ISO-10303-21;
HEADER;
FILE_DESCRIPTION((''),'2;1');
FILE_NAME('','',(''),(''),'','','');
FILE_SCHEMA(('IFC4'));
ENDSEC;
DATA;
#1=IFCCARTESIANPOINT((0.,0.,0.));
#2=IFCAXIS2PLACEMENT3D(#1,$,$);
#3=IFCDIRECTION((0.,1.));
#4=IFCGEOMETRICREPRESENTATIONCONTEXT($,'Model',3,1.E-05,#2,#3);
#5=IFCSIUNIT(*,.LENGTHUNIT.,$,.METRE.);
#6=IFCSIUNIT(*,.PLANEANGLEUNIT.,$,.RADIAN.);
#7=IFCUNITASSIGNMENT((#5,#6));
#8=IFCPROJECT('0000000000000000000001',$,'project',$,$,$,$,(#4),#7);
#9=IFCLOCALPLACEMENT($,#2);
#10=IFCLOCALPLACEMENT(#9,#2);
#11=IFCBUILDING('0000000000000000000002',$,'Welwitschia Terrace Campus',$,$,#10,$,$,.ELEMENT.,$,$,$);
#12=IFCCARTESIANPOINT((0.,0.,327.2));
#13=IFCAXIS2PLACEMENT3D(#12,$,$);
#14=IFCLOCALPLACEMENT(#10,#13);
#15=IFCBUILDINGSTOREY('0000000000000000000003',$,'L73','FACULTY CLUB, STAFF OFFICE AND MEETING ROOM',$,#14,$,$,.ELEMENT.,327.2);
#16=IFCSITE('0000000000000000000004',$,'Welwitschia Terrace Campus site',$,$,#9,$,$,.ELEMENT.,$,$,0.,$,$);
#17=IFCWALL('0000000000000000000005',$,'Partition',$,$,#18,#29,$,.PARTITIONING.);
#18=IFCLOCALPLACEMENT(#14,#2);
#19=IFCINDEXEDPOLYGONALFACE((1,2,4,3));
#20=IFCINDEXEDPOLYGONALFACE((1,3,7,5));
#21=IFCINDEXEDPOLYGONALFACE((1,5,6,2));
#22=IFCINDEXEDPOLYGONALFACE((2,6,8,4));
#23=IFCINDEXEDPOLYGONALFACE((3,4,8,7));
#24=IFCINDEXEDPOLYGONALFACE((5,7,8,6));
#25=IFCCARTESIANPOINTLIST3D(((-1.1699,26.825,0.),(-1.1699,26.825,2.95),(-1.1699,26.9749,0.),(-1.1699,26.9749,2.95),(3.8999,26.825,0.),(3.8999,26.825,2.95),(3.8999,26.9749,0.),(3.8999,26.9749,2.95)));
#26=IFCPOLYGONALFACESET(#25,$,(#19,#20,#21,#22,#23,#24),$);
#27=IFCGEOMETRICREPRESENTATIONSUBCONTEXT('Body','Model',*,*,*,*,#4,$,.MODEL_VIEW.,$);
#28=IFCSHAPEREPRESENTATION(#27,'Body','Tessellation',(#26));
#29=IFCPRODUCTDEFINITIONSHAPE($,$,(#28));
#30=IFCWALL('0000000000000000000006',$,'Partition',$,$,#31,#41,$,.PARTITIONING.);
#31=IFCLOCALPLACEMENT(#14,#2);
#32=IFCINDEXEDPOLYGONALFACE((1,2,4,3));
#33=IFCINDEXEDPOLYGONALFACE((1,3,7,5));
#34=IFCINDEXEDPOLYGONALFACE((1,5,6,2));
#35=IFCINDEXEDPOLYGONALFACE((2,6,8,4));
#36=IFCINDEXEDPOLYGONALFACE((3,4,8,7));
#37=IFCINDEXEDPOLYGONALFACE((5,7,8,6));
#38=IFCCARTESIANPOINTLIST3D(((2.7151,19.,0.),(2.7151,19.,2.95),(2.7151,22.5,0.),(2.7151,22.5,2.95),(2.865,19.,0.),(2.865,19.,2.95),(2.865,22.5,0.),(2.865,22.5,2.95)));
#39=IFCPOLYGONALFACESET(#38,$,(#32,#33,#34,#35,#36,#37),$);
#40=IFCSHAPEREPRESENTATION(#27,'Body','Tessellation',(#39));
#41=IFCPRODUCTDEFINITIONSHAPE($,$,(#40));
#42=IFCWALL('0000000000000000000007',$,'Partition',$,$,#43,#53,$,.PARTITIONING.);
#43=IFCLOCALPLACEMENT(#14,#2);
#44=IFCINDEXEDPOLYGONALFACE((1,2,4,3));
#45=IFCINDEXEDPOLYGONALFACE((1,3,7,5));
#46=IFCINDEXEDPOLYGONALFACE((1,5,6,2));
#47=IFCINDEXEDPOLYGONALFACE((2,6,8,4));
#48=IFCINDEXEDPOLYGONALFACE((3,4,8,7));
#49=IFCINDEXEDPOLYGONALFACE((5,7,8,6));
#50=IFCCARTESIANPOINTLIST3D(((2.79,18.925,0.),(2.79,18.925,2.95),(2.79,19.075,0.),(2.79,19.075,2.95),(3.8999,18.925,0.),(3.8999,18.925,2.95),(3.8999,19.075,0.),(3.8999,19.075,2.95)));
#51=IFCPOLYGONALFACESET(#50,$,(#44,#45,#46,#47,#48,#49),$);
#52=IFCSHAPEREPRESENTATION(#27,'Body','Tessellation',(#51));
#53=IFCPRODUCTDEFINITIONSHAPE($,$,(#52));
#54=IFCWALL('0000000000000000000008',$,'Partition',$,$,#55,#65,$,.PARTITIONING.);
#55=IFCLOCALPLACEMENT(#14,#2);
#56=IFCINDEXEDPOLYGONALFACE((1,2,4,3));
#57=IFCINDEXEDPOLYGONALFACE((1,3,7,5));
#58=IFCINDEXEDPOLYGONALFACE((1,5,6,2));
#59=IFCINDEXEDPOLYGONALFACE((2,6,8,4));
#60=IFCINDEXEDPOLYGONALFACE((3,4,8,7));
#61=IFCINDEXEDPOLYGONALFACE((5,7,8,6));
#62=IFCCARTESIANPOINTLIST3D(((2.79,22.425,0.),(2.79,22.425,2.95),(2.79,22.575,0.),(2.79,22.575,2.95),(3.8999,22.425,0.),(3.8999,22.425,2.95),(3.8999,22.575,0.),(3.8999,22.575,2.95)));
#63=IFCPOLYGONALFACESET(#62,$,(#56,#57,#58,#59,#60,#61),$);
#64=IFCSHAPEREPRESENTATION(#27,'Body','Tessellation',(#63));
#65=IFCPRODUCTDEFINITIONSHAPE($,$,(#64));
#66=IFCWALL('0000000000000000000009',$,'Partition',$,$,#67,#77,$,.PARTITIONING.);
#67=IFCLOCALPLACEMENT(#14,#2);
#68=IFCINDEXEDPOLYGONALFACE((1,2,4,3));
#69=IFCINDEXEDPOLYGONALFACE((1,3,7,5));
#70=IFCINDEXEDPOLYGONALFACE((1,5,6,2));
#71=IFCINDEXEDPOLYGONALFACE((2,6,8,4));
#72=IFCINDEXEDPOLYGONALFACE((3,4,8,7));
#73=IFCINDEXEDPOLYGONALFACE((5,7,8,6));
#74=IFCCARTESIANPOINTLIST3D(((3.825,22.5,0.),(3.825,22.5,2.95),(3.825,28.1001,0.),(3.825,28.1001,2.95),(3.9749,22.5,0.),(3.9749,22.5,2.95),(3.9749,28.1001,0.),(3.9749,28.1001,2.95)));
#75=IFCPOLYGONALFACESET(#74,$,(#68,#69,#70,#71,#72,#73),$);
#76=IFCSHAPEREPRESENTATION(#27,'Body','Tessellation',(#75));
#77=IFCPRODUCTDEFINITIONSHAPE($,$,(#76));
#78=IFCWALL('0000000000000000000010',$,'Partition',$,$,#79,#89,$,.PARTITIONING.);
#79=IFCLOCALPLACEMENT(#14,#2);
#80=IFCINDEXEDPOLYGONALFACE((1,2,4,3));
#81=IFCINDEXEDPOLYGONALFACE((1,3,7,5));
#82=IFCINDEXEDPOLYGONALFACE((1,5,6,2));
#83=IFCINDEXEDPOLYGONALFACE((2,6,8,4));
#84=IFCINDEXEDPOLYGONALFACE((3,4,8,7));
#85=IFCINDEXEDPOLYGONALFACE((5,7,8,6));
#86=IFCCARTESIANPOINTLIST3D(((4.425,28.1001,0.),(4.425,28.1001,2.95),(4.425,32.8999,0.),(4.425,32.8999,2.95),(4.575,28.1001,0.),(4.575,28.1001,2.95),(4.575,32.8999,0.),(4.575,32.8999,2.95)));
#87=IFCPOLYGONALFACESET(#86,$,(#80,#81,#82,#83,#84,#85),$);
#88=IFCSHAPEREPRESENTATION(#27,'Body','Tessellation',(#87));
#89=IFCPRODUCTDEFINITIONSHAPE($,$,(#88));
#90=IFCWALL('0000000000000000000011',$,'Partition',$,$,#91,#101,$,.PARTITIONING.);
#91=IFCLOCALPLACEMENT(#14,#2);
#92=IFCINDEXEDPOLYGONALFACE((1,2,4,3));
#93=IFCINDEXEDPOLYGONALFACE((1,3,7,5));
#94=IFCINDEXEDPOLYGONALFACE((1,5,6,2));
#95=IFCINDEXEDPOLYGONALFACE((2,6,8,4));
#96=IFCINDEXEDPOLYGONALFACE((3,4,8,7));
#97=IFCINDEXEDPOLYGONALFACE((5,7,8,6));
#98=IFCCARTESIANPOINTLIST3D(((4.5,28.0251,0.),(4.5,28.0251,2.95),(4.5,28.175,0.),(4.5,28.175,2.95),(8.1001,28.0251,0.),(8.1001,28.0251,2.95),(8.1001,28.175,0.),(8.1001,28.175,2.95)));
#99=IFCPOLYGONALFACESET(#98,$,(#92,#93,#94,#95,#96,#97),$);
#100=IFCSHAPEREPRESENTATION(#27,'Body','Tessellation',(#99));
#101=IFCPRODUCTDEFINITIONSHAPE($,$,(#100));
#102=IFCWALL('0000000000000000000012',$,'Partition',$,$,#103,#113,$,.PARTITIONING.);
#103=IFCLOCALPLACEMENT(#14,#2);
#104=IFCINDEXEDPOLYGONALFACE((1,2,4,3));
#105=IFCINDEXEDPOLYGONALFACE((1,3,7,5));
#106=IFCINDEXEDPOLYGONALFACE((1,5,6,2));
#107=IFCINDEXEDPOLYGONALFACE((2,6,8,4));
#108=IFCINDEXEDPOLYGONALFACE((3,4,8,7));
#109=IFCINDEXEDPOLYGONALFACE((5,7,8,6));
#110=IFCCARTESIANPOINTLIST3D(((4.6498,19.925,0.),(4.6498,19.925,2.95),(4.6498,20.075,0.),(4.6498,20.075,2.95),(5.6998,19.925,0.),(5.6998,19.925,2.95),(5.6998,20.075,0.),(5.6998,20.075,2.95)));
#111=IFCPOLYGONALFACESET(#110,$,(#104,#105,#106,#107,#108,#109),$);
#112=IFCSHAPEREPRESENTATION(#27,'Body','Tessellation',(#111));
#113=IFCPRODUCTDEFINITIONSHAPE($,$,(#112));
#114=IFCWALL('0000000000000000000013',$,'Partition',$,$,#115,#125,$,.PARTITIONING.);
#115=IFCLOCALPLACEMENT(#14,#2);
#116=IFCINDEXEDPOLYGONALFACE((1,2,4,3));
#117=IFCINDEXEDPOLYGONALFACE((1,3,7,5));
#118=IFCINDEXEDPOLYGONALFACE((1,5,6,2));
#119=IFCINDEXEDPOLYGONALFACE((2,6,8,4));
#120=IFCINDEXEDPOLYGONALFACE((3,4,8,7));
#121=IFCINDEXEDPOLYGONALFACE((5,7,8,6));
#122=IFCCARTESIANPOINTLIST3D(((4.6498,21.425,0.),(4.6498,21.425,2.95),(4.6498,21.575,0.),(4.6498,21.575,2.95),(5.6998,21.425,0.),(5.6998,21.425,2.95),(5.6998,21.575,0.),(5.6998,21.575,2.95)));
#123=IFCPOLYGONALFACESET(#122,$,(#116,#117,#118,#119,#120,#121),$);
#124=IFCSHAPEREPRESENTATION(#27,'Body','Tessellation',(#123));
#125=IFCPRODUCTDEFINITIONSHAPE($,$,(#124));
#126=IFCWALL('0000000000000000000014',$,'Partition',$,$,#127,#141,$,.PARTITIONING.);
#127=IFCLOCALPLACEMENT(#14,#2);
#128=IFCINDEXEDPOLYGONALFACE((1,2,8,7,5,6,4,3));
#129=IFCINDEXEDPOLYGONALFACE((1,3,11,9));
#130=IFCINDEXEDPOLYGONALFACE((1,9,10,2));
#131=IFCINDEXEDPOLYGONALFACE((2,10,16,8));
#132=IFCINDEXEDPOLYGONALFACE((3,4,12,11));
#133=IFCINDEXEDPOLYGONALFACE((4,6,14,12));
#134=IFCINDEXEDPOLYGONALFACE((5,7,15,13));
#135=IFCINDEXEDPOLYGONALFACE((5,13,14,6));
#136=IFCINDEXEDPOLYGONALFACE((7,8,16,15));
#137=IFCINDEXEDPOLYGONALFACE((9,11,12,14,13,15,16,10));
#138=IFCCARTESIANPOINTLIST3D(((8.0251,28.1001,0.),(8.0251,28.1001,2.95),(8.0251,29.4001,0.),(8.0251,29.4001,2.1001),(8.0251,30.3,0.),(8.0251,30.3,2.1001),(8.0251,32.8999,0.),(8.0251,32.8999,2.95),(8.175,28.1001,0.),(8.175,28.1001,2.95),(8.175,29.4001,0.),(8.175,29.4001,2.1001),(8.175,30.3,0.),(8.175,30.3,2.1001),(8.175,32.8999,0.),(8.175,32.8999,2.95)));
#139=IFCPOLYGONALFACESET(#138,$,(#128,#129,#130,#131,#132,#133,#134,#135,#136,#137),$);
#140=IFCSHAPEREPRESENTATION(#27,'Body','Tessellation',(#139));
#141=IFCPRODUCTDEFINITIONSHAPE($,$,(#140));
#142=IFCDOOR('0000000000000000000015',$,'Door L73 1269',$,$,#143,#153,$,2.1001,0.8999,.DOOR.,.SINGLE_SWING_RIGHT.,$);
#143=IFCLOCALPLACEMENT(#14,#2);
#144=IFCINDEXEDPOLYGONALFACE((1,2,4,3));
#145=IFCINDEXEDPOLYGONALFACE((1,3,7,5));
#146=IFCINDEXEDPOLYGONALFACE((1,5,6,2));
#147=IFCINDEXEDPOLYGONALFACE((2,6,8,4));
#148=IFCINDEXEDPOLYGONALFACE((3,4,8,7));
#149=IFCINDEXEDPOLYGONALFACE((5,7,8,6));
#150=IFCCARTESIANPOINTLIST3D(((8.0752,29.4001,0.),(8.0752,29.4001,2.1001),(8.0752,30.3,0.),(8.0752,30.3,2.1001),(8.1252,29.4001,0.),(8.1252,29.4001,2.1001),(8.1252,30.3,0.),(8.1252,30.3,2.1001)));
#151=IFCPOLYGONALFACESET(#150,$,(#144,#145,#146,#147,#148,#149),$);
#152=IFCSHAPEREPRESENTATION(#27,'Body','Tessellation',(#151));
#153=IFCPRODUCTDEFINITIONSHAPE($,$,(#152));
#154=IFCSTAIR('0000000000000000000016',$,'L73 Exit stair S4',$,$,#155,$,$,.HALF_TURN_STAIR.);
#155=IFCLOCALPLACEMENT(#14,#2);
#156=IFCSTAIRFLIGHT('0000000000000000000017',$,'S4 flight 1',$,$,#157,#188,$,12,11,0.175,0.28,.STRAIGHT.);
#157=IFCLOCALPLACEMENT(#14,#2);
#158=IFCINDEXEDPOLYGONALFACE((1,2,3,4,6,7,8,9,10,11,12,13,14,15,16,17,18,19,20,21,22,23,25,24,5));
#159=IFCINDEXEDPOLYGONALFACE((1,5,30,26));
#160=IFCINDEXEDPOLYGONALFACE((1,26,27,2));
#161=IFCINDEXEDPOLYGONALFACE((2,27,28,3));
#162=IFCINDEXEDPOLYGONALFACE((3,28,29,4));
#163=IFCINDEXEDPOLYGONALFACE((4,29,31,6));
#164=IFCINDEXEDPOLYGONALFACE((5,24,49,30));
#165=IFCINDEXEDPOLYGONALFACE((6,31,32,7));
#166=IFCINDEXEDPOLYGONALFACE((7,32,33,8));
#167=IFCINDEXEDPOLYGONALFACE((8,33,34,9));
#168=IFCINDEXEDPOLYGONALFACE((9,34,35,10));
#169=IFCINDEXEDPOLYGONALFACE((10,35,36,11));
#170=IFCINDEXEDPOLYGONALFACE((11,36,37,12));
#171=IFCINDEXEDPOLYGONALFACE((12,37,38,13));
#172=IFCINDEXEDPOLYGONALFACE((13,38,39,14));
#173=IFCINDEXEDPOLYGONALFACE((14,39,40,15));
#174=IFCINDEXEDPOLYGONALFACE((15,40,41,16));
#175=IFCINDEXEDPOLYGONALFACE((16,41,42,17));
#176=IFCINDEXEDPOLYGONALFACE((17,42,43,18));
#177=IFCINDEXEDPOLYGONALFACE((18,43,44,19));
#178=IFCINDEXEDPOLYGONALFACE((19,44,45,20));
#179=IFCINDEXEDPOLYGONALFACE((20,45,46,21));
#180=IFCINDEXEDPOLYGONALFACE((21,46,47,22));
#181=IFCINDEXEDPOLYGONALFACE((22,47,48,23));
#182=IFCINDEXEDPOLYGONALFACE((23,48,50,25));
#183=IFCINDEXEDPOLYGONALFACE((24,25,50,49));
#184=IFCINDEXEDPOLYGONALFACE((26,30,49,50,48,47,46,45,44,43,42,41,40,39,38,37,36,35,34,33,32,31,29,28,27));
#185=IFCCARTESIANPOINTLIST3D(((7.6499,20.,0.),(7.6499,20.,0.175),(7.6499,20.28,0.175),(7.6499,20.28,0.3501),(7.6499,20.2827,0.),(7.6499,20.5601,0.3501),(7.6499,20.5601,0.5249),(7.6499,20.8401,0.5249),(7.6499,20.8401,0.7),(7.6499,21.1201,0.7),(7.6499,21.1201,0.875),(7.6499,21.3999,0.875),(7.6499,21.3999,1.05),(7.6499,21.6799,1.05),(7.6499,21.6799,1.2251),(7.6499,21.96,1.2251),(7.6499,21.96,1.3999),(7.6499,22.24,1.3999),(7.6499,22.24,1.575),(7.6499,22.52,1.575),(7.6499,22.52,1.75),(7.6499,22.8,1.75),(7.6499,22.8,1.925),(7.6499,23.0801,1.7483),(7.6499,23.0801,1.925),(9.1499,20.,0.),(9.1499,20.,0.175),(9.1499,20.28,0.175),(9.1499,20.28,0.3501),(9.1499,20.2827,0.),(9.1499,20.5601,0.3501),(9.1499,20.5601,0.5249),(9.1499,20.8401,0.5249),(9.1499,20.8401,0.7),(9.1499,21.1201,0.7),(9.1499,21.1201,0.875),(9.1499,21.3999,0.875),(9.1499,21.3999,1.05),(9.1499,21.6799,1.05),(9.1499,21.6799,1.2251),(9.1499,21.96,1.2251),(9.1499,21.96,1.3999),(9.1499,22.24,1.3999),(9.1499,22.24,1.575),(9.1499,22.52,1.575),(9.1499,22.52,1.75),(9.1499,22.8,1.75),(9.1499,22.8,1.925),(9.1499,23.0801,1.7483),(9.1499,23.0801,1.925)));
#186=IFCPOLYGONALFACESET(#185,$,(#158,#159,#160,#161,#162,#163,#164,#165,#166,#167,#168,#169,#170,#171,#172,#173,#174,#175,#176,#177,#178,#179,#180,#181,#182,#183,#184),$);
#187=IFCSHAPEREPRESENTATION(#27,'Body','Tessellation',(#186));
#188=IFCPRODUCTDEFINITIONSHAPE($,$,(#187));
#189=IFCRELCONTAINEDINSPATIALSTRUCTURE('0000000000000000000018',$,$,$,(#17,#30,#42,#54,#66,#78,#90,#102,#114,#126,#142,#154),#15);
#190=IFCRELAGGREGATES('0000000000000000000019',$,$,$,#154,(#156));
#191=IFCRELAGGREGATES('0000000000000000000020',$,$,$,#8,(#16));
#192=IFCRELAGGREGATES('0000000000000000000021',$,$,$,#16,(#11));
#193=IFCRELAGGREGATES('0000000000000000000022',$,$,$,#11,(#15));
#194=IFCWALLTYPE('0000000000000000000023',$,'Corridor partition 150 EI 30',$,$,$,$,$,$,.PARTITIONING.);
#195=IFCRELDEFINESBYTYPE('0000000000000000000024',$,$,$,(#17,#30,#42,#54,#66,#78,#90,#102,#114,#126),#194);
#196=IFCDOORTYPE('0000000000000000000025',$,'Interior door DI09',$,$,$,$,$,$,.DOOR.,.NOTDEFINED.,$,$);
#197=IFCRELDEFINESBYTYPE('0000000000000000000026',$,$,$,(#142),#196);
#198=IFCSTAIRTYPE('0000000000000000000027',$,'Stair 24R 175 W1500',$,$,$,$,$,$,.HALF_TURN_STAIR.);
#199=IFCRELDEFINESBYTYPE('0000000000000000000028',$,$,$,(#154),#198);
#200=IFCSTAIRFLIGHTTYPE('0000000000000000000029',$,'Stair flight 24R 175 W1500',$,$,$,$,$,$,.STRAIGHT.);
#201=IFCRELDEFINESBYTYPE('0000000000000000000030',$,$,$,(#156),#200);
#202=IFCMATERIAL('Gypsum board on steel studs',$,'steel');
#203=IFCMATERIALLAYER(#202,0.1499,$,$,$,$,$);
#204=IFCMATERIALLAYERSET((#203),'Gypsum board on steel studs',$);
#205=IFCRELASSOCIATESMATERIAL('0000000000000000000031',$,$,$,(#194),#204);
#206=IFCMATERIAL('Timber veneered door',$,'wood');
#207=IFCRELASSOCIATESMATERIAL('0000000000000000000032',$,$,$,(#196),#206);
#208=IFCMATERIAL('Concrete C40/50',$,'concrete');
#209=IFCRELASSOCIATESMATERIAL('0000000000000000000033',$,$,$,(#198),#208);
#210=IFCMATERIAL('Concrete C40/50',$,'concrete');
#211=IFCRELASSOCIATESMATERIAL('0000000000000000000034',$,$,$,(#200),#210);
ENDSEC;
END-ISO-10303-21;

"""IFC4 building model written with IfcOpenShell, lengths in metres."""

from ifc_helpers import new_model, si_unit, direction, frame, frame_2d, origin, place, context, subcontext, project, spatial, polyline, rectangle, outline, extrude, material, layer, layer_set, type_object, element, fill, aggregate, save


model = new_model("IFC4")

# Units and contexts
model_context = context("Model", 3, precision=1e-05, world=origin(), true_north=direction((0.0, 1.0)))
body_context = subcontext(model_context, "Body", "Model", "MODEL_VIEW")
ifc_project = project(units=[si_unit("LENGTHUNIT", "METRE"), si_unit("PLANEANGLEUNIT", "RADIAN")], contexts=[model_context])

# Site, building, storey
site_placement = place(None, origin())
site = spatial("IfcSite", under=ifc_project, at=site_placement, Name="Welwitschia Terrace Campus site", CompositionType="ELEMENT", RefElevation=0.0)
building_placement = place(site_placement, origin())
building = spatial("IfcBuilding", under=site, at=building_placement, Name="Welwitschia Terrace Campus", CompositionType="ELEMENT")
storey_placement = place(building_placement, frame((0.0, 0.0, 327.2)))
storey = spatial("IfcBuildingStorey", under=building, at=storey_placement, Name="L73", Description="FACULTY CLUB, STAFF OFFICE AND MEETING ROOM", CompositionType="ELEMENT", Elevation=327.2)

# Walls
ifc_material_1 = material(Name="Gypsum board on steel studs", Category="steel")
ifc_layer_1 = layer(ifc_material_1, 0.1499)
ifc_layer_set_1 = layer_set([ifc_layer_1], Name="Gypsum board on steel studs")
wall_type_1 = type_object("IfcWallType", Name="Corridor partition 150 EI 30", PredefinedType="PARTITIONING", material=ifc_layer_set_1)
wall_1_placement = place(storey_placement, frame((-1.1699, 26.8999, 0.0), z_axis=(0.0, 0.0, 1.0), x_axis=(1.0, 0.0, 0.0)))
element("IfcWall", 1, at=wall_1_placement, inside=storey, type_object=wall_type_1, Name="Partition", PredefinedType="PARTITIONING", context=body_context, shape_type="SweptSolid", body=[
    extrude(rectangle(XDim=5.0698, YDim=0.1499, at=frame_2d((2.5349, 0.0))), origin(), (0.0, 0.0, 1.0), 2.95),
])
wall_2_placement = place(storey_placement, frame((2.79, 19.0, 0.0), z_axis=(0.0, 0.0, 1.0), x_axis=(0.0, 1.0, 0.0)))
element("IfcWall", 2, at=wall_2_placement, inside=storey, type_object=wall_type_1, Name="Partition", PredefinedType="PARTITIONING", context=body_context, shape_type="SweptSolid", body=[
    extrude(rectangle(XDim=3.5, YDim=0.1499, at=frame_2d((1.75, 0.0))), origin(), (0.0, 0.0, 1.0), 2.95),
])
for number, where, z_axis, x_axis, name in (
    (3, (2.79, 19.0, 0.0), (0.0, 0.0, 1.0), (1.0, 0.0, 0.0), "Partition"),
    (4, (2.79, 22.5, 0.0), (0.0, 0.0, 1.0), (1.0, 0.0, 0.0), "Partition"),
):
    element("IfcWall", number, at=place(storey_placement, frame(where, z_axis=z_axis, x_axis=x_axis)), inside=storey, type_object=wall_type_1, Name=name, PredefinedType="PARTITIONING", context=body_context, shape_type="SweptSolid", body=[
        extrude(rectangle(XDim=1.1099, YDim=0.1499, at=frame_2d((0.5549, 0.0))), origin(), (0.0, 0.0, 1.0), 2.95),
    ])
wall_3_placement = place(storey_placement, frame((3.8999, 22.5, 0.0), z_axis=(0.0, 0.0, 1.0), x_axis=(0.0, 1.0, 0.0)))
element("IfcWall", 5, at=wall_3_placement, inside=storey, type_object=wall_type_1, Name="Partition", PredefinedType="PARTITIONING", context=body_context, shape_type="SweptSolid", body=[
    extrude(rectangle(XDim=5.6001, YDim=0.1499, at=frame_2d((2.8, 0.0))), origin(), (0.0, 0.0, 1.0), 2.95),
])
wall_4_placement = place(storey_placement, frame((4.5, 28.1001, 0.0), z_axis=(0.0, 0.0, 1.0), x_axis=(0.0, 1.0, 0.0)))
element("IfcWall", 6, at=wall_4_placement, inside=storey, type_object=wall_type_1, Name="Partition", PredefinedType="PARTITIONING", context=body_context, shape_type="SweptSolid", body=[
    extrude(rectangle(XDim=4.7998, YDim=0.1499, at=frame_2d((2.3999, 0.0))), origin(), (0.0, 0.0, 1.0), 2.95),
])
wall_5_placement = place(storey_placement, frame((4.5, 28.1001, 0.0), z_axis=(0.0, 0.0, 1.0), x_axis=(1.0, 0.0, 0.0)))
element("IfcWall", 7, at=wall_5_placement, inside=storey, type_object=wall_type_1, Name="Partition", PredefinedType="PARTITIONING", context=body_context, shape_type="SweptSolid", body=[
    extrude(rectangle(XDim=3.6001, YDim=0.1499, at=frame_2d((1.8, 0.0))), origin(), (0.0, 0.0, 1.0), 2.95),
])
for number, where, z_axis, x_axis, name in (
    (8, (4.6499, 20.0, 0.0), (0.0, 0.0, 1.0), (1.0, 0.0, 0.0), "Partition"),
    (9, (4.6499, 21.5, 0.0), (0.0, 0.0, 1.0), (1.0, 0.0, 0.0), "Partition"),
):
    element("IfcWall", number, at=place(storey_placement, frame(where, z_axis=z_axis, x_axis=x_axis)), inside=storey, type_object=wall_type_1, Name=name, PredefinedType="PARTITIONING", context=body_context, shape_type="SweptSolid", body=[
        extrude(rectangle(XDim=1.05, YDim=0.1499, at=frame_2d((0.5249, 0.0))), origin(), (0.0, 0.0, 1.0), 2.95),
    ])

# Wall, opening, door
wall_6_placement = place(storey_placement, frame((8.1001, 28.1001, 0.0), z_axis=(0.0, 0.0, 1.0), x_axis=(0.0, 1.0, 0.0)))
wall_6 = element("IfcWall", 10, at=wall_6_placement, inside=storey, type_object=wall_type_1, Name="Partition", PredefinedType="PARTITIONING", context=body_context, shape_type="SweptSolid", body=[
    extrude(rectangle(XDim=4.7998, YDim=0.1499, at=frame_2d((2.3999, 0.0))), origin(), (0.0, 0.0, 1.0), 2.95),
])
opening_1_placement = place(wall_6_placement, frame((1.3, 0.0, 0.0)))
opening_1 = element("IfcOpeningElement", 11, at=opening_1_placement, cuts=wall_6, PredefinedType="OPENING", context=body_context, shape_type="SweptSolid", body=[
    extrude(rectangle(XDim=0.8999, YDim=2.1001, at=frame_2d((0.45, 1.05))), frame((0.0, 0.085, 0.0), z_axis=(0.0, -1.0, 0.0), x_axis=(1.0, 0.0, 0.0)), (0.0, 0.0, 1.0), 0.1699),
])
ifc_material_2 = material(Name="Timber veneered door", Category="wood")
door_type_1 = type_object("IfcDoorType", Name="Interior door DI09", OperationType="NOTDEFINED", PredefinedType="DOOR", material=ifc_material_2)
door_1_placement = place(opening_1_placement, origin())
door_1 = element("IfcDoor", 12, at=door_1_placement, inside=storey, type_object=door_type_1, Name="Door L73 1269", OperationType="SINGLE_SWING_RIGHT", OverallHeight=2.1001, OverallWidth=0.8999, PredefinedType="DOOR", context=body_context, shape_type="SweptSolid", body=[
    extrude(rectangle(XDim=0.8999, YDim=2.1001, at=frame_2d((0.45, 1.05))), frame((0.0, 0.0249, 0.0), z_axis=(0.0, -1.0, 0.0), x_axis=(1.0, 0.0, 0.0)), (0.0, 0.0, 1.0), 0.05),
])
fill(opening_1, door_1)

# Stair, stair flight
ifc_material_3 = material(Name="Concrete C40/50", Category="concrete")
stair_type = type_object("IfcStairType", Name="Stair 24R 175 W1500", PredefinedType="HALF_TURN_STAIR", material=ifc_material_3)
stair_placement = place(storey_placement, origin())
stair = element("IfcStair", 13, at=stair_placement, inside=storey, type_object=stair_type, Name="L73 Exit stair S4", PredefinedType="HALF_TURN_STAIR")
ifc_material_4 = material(Name="Concrete C40/50", Category="concrete")
stair_flight_type = type_object("IfcStairFlightType", Name="Stair flight 24R 175 W1500", PredefinedType="STRAIGHT", material=ifc_material_4)
stair_flight_1_placement = place(storey_placement, frame((8.3999, 20.0, 0.0), z_axis=(0.0, 0.0, 1.0), x_axis=(0.0, 1.0, 0.0)))
stair_flight_1 = element("IfcStairFlight", 14, at=stair_flight_1_placement, type_object=stair_flight_type, Name="S4 flight 1", NumberOfRisers=12, NumberOfTreads=11, PredefinedType="STRAIGHT", RiserHeight=0.175, TreadLength=0.28, context=body_context, shape_type="SweptSolid", body=[
    extrude(outline(polyline([(0.0, 0.0), (0.0, 0.175), (0.28, 0.175), (0.28, 0.3501), (0.5601, 0.3501), (0.5601, 0.5249), (0.8401, 0.5249), (0.8401, 0.7), (1.1201, 0.7), (1.1201, 0.875), (1.3999, 0.875), (1.3999, 1.05), (1.6799, 1.05), (1.6799, 1.2251), (1.96, 1.2251), (1.96, 1.3999), (2.24, 1.3999), (2.24, 1.575), (2.52, 1.575), (2.52, 1.75), (2.8, 1.75), (2.8, 1.925), (3.0801, 1.925), (3.0801, 2.1001), (3.0801, 1.7483), (0.2827, 0.0), (0.0, 0.0)])), frame((0.0, 0.75, 0.0), z_axis=(0.0, -1.0, 0.0), x_axis=(1.0, 0.0, 0.0)), (0.0, 0.0, 1.0), 1.5),
])
aggregate(stair, [stair_flight_1])

save(model, "model.ifc")
